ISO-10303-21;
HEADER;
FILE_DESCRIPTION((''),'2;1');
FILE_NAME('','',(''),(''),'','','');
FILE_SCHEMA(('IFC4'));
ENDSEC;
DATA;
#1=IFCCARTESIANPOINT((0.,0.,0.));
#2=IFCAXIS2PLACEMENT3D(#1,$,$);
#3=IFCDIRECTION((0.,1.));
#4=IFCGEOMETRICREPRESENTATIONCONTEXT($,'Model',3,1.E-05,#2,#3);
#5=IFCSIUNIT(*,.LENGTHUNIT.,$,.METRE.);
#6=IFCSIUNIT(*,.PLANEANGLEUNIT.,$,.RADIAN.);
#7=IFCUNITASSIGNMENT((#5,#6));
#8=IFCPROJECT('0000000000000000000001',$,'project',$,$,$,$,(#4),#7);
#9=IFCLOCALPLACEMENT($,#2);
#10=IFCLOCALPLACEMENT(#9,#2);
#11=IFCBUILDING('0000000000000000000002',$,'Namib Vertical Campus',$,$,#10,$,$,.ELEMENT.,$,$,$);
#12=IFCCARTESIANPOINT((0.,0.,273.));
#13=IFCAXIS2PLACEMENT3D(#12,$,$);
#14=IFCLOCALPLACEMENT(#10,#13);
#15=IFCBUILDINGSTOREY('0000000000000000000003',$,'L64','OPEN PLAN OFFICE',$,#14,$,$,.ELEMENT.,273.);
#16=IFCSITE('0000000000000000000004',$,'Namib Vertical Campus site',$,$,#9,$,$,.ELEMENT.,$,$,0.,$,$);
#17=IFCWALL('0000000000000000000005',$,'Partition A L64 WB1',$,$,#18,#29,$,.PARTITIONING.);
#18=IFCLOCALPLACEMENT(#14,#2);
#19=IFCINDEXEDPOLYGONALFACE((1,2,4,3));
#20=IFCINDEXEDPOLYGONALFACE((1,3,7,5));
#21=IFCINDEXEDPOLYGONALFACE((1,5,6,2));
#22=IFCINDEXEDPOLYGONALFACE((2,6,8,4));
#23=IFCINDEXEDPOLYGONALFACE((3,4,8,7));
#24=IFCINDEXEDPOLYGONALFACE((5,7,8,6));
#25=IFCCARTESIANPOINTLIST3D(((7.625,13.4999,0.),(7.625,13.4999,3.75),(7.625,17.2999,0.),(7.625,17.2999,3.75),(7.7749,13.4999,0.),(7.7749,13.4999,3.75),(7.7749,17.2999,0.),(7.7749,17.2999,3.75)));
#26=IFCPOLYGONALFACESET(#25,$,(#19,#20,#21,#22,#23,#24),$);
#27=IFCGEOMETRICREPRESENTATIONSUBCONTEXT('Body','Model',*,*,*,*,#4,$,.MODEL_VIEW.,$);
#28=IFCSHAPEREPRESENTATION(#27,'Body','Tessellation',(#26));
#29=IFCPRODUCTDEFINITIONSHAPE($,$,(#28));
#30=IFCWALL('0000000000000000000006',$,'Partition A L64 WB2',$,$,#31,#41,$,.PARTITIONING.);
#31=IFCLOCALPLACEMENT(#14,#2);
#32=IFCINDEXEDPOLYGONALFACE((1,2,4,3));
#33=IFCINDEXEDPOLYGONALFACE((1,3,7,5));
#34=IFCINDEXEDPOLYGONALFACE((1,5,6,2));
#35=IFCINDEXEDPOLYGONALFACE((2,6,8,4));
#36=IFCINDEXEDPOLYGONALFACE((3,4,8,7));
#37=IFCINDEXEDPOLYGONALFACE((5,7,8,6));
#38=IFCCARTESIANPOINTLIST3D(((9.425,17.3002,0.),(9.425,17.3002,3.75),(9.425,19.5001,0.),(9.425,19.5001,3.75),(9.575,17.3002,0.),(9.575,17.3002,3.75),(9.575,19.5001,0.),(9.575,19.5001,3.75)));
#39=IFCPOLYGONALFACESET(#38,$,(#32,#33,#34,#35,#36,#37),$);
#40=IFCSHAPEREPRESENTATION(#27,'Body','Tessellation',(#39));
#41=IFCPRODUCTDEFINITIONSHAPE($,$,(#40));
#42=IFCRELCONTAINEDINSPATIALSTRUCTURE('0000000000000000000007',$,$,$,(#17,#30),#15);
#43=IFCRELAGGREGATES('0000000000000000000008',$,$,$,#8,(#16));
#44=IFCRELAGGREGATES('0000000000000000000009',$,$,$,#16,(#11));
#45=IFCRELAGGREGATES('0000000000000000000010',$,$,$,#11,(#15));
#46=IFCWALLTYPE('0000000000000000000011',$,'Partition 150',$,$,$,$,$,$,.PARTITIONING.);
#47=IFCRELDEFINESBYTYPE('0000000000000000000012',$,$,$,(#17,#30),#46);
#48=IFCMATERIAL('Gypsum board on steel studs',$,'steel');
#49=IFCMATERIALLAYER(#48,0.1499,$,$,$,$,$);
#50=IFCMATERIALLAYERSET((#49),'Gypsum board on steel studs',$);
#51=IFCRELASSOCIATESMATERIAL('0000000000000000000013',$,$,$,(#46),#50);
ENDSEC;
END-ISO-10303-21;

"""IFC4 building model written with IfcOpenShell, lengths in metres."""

from ifc_helpers import new_model, si_unit, direction, frame, frame_2d, origin, place, context, subcontext, project, spatial, rectangle, extrude, material, layer, layer_set, type_object, element, save


model = new_model("IFC4")

# Units and contexts
model_context = context("Model", 3, precision=1e-05, world=origin(), true_north=direction((0.0, 1.0)))
body_context = subcontext(model_context, "Body", "Model", "MODEL_VIEW")
ifc_project = project(units=[si_unit("LENGTHUNIT", "METRE"), si_unit("PLANEANGLEUNIT", "RADIAN")], contexts=[model_context])

# Site, building, storey
site_placement = place(None, origin())
site = spatial("IfcSite", under=ifc_project, at=site_placement, Name="Namib Vertical Campus site", CompositionType="ELEMENT", RefElevation=0.0)
building_placement = place(site_placement, origin())
building = spatial("IfcBuilding", under=site, at=building_placement, Name="Namib Vertical Campus", CompositionType="ELEMENT")
storey_placement = place(building_placement, frame((0.0, 0.0, 273.0)))
storey = spatial("IfcBuildingStorey", under=building, at=storey_placement, Name="L64", Description="OPEN PLAN OFFICE", CompositionType="ELEMENT", Elevation=273.0)

# Walls
ifc_material_1 = material(Name="Gypsum board on steel studs", Category="steel")
ifc_layer_1 = layer(ifc_material_1, 0.1499)
ifc_layer_set_1 = layer_set([ifc_layer_1], Name="Gypsum board on steel studs")
wall_type_1 = type_object("IfcWallType", Name="Partition 150", PredefinedType="PARTITIONING", material=ifc_layer_set_1)
wall_1_placement = place(storey_placement, frame((7.7, 13.5, 0.0), z_axis=(0.0, 0.0, 1.0), x_axis=(0.0, 1.0, 0.0)))
element("IfcWall", 1, at=wall_1_placement, inside=storey, type_object=wall_type_1, Name="Partition A L64 WB1", PredefinedType="PARTITIONING", context=body_context, shape_type="SweptSolid", body=[
    extrude(rectangle(XDim=3.8, YDim=0.1499, at=frame_2d((1.8999, 0.0))), origin(), (0.0, 0.0, 1.0), 3.75),
])
wall_2_placement = place(storey_placement, frame((9.5, 17.3, 0.0), z_axis=(0.0, 0.0, 1.0), x_axis=(0.0, 1.0, 0.0)))
element("IfcWall", 2, at=wall_2_placement, inside=storey, type_object=wall_type_1, Name="Partition A L64 WB2", PredefinedType="PARTITIONING", context=body_context, shape_type="SweptSolid", body=[
    extrude(rectangle(XDim=2.2, YDim=0.1499, at=frame_2d((1.1001, 0.0))), origin(), (0.0, 0.0, 1.0), 3.75),
])

save(model, "model.ifc")
